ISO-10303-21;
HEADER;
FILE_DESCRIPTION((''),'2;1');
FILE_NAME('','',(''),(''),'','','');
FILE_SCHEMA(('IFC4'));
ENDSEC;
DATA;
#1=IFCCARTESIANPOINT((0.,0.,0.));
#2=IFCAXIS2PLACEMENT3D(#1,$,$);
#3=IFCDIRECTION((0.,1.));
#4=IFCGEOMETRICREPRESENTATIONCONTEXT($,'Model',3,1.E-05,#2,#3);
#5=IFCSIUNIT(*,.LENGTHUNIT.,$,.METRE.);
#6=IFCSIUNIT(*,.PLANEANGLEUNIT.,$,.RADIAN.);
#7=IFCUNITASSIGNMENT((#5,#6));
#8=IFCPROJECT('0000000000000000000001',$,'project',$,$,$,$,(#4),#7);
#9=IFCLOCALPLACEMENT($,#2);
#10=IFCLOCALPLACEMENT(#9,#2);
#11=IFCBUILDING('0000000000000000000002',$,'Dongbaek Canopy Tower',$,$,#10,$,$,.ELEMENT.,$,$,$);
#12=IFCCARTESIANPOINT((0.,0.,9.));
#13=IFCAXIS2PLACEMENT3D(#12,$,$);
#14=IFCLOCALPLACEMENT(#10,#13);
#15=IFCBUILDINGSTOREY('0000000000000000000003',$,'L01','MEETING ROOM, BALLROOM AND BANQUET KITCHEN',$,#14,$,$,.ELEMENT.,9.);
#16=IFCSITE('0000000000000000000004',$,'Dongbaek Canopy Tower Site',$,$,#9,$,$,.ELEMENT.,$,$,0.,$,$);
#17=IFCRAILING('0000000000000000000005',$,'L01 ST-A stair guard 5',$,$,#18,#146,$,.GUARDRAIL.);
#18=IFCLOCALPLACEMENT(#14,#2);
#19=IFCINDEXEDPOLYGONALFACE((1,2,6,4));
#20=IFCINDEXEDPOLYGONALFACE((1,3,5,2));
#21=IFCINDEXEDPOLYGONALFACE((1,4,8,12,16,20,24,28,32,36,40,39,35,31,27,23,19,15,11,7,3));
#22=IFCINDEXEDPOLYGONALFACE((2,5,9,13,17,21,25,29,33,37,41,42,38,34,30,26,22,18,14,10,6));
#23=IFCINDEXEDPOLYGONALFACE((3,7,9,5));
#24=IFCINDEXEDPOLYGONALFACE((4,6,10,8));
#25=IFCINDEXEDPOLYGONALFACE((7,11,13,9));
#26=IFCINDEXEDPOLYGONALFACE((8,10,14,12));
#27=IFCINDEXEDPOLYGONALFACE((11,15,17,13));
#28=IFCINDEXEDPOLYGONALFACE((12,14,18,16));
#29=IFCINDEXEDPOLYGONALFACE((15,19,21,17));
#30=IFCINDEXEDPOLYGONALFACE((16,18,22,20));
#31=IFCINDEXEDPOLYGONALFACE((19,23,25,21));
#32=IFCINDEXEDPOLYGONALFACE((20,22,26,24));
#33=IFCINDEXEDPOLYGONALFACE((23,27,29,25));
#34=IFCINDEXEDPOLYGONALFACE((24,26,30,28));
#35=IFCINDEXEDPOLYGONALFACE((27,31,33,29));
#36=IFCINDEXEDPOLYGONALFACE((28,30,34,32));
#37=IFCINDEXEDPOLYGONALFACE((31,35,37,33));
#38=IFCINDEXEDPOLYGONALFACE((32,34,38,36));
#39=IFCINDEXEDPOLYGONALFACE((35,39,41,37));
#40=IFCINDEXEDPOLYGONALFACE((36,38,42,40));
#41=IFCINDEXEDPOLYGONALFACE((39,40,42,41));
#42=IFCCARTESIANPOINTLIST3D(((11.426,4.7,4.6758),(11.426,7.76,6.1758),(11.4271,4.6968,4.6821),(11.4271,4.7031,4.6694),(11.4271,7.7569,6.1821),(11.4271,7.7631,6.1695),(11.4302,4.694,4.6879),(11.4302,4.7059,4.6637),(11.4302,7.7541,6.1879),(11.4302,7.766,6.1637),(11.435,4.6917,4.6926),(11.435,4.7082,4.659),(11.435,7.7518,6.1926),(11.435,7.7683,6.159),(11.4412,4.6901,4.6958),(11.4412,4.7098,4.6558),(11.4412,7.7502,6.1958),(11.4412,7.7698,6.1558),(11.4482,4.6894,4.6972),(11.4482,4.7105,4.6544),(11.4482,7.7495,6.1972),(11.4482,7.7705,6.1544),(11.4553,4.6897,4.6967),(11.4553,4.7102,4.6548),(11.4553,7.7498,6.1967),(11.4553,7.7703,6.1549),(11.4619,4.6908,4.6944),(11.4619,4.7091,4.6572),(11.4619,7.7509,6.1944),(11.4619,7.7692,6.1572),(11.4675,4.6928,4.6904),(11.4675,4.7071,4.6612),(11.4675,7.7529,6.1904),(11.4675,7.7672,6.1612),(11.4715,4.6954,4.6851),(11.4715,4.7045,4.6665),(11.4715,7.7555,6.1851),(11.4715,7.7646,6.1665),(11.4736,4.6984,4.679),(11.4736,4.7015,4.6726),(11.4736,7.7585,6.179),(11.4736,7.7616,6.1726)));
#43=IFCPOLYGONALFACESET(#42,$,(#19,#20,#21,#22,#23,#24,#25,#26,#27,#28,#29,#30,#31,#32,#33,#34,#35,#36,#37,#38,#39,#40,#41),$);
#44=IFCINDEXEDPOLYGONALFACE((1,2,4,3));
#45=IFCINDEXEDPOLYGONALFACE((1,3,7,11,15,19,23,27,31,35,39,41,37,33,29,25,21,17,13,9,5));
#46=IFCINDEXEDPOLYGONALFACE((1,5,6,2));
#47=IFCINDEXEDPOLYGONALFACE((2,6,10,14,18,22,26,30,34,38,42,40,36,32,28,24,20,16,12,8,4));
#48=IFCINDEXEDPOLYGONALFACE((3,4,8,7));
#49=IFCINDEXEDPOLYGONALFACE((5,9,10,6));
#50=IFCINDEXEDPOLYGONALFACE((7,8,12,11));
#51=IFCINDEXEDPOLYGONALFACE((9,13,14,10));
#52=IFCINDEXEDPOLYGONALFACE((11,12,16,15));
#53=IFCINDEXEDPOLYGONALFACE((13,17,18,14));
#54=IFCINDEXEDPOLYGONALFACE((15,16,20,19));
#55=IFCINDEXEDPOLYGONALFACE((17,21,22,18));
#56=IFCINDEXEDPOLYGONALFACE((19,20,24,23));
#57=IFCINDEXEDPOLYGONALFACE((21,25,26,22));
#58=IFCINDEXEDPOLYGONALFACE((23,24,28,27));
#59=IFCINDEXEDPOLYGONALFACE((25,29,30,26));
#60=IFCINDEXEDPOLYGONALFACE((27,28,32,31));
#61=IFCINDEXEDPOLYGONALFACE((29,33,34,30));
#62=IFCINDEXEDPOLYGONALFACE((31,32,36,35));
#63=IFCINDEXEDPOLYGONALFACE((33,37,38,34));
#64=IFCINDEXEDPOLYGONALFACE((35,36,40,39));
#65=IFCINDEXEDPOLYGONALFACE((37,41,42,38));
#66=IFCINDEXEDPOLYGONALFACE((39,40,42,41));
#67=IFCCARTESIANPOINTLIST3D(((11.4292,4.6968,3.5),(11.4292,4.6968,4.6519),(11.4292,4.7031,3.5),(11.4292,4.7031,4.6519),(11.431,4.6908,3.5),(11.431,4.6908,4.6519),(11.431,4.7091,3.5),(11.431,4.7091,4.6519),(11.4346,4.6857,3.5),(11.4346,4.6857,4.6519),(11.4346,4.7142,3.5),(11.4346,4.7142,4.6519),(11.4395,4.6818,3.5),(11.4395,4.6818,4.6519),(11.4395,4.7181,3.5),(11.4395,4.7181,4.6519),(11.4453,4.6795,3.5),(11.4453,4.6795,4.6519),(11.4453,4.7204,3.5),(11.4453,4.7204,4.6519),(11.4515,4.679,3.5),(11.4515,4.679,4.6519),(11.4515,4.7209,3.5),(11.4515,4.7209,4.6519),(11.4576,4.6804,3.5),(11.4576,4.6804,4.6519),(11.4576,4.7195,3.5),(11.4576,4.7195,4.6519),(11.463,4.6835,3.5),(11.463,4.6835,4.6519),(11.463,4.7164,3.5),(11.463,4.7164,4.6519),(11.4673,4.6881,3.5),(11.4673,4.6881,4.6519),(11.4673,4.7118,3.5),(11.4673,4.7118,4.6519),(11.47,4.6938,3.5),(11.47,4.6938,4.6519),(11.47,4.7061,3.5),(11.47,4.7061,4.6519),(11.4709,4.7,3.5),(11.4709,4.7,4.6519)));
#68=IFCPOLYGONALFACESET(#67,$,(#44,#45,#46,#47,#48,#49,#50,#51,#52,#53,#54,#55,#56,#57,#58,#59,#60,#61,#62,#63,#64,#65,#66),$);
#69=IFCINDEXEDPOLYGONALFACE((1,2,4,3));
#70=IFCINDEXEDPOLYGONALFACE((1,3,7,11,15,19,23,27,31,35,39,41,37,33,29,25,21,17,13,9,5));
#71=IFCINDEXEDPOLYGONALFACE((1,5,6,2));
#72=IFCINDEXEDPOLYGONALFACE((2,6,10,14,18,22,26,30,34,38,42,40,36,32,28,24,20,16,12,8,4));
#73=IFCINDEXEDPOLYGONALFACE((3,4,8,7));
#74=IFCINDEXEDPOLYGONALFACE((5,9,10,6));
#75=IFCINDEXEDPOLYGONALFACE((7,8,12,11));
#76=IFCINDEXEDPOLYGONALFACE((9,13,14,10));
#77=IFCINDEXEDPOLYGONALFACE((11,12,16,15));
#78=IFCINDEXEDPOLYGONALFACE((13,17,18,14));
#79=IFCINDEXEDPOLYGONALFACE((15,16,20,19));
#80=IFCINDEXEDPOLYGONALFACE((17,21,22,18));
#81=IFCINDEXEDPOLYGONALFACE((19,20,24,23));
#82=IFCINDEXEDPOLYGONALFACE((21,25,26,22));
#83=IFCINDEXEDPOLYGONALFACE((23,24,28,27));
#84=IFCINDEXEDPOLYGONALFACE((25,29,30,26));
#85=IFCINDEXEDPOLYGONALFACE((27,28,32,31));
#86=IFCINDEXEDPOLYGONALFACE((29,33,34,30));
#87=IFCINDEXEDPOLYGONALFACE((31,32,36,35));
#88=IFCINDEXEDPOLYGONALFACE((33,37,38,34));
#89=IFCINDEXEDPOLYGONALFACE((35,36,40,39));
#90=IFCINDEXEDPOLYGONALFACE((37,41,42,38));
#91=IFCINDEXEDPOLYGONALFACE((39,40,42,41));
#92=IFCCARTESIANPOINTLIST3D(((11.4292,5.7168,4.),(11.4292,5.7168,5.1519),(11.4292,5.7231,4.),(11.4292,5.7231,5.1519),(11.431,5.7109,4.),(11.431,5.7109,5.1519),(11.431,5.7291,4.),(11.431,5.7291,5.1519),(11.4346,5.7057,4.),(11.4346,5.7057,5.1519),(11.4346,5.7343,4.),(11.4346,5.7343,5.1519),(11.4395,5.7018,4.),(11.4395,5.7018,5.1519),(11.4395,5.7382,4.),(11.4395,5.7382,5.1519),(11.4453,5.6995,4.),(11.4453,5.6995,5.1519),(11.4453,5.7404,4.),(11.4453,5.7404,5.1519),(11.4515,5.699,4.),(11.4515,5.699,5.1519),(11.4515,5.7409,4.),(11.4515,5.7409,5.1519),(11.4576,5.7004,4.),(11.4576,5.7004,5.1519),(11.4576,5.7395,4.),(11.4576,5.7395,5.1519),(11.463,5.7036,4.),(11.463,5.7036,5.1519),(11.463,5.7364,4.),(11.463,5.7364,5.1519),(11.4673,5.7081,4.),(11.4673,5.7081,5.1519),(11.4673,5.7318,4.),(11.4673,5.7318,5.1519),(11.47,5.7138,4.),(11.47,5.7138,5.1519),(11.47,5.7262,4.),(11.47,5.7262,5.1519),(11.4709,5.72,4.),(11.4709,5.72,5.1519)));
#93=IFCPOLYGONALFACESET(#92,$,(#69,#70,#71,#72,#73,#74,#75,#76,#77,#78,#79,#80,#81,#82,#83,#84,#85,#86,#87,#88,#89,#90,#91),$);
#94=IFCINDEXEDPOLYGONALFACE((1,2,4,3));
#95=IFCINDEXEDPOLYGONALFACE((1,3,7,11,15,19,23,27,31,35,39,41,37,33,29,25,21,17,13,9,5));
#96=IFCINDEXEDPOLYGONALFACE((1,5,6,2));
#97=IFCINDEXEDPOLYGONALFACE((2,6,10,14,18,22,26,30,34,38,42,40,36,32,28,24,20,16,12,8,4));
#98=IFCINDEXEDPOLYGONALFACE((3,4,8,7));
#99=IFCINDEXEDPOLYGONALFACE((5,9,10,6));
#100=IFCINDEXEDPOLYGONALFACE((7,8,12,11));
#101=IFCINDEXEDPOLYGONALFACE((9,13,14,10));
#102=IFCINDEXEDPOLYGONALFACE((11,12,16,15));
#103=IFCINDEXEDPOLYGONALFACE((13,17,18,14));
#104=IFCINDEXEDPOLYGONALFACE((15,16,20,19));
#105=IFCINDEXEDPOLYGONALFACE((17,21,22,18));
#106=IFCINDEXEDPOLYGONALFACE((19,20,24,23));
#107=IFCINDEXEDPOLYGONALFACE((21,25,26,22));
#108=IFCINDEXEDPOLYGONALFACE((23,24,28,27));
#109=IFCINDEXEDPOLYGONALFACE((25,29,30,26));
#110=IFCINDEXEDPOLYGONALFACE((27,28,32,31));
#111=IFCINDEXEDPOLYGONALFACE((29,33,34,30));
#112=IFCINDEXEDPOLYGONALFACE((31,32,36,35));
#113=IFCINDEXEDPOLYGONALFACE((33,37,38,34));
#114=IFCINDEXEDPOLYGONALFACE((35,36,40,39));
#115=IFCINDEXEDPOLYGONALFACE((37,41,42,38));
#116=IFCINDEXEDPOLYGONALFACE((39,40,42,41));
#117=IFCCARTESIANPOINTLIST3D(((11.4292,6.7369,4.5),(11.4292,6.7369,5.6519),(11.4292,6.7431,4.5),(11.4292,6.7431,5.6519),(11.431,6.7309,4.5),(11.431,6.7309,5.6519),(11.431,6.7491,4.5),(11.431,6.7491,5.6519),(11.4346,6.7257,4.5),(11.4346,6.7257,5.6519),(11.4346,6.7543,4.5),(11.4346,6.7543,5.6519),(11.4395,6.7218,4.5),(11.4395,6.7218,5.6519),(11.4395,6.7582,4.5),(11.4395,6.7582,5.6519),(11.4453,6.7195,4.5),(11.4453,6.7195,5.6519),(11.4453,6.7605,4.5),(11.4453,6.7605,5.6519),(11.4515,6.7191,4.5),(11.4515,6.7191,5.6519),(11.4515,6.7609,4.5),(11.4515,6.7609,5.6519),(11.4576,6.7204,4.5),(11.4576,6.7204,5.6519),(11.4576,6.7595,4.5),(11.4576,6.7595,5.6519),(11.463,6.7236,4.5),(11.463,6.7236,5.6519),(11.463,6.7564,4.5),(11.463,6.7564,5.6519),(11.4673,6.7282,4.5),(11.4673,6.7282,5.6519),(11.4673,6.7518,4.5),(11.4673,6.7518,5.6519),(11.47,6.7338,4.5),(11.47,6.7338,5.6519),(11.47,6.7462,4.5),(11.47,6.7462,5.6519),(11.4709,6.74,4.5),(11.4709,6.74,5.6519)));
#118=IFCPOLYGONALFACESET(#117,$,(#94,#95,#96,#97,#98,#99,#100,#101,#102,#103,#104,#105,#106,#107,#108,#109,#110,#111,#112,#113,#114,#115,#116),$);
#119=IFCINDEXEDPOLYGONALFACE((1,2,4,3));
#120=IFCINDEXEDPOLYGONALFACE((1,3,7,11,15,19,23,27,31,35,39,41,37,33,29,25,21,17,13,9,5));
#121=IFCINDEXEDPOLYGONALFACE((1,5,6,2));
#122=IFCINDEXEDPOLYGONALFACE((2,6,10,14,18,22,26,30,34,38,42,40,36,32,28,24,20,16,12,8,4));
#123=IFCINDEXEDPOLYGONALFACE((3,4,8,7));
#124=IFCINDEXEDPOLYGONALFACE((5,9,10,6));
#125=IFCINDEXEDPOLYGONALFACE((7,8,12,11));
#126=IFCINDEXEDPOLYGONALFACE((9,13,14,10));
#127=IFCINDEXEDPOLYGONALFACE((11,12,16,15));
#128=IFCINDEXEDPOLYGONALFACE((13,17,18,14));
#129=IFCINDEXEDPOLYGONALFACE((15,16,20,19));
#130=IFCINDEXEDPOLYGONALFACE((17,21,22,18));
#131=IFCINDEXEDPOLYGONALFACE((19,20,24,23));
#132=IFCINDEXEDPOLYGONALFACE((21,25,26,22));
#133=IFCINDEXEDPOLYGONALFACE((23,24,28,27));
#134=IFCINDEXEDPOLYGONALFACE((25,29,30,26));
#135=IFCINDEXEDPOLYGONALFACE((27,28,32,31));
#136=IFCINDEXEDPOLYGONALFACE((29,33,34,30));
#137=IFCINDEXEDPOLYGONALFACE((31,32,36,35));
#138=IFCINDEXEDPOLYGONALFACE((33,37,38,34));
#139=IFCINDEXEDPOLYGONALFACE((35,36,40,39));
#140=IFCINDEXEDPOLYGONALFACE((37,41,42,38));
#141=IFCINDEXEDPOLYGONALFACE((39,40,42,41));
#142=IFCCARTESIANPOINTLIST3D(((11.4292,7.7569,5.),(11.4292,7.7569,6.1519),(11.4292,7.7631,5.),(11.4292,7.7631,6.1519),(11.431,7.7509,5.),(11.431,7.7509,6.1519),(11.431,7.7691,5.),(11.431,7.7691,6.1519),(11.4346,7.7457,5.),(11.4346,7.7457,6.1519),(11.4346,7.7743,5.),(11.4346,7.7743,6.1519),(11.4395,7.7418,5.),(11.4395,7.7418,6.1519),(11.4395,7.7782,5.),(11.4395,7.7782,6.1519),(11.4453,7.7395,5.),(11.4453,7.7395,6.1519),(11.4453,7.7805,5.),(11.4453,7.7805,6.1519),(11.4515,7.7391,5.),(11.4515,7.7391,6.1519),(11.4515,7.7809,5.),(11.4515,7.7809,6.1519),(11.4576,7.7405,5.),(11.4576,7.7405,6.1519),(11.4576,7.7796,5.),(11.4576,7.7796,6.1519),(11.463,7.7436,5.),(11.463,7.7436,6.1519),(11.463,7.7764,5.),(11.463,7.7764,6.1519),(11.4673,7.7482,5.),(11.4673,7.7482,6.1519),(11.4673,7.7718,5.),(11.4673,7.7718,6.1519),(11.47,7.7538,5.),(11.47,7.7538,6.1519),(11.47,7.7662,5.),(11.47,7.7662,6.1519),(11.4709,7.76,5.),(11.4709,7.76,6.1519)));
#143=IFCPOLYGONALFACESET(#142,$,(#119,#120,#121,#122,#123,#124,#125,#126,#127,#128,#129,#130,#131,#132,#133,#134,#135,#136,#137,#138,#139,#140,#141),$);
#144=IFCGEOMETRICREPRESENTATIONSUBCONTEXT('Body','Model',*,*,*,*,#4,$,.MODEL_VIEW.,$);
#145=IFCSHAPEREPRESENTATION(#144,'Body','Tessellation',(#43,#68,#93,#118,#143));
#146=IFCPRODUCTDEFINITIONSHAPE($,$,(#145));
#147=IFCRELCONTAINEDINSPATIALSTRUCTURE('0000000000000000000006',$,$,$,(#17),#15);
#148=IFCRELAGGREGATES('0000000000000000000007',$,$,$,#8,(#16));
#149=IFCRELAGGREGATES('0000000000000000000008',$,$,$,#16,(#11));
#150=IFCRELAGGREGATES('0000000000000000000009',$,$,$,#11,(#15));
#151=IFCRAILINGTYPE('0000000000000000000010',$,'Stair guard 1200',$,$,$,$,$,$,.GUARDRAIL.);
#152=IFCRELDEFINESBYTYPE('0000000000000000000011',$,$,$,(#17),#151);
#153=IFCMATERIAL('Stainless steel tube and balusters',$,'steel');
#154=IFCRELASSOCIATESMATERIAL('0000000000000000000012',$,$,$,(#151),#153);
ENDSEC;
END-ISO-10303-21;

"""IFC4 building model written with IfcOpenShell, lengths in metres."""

from ifc_helpers import new_model, si_unit, direction, frame, origin, origin_2d, place, context, subcontext, project, spatial, circle, extrude, material, type_object, element, save


model = new_model("IFC4")

# Units and contexts
model_context = context("Model", 3, precision=1e-05, world=origin(), true_north=direction((0.0, 1.0)))
body_context = subcontext(model_context, "Body", "Model", "MODEL_VIEW")
ifc_project = project(units=[si_unit("LENGTHUNIT", "METRE"), si_unit("PLANEANGLEUNIT", "RADIAN")], contexts=[model_context])

# Site, building, storey
site_placement = place(None, origin())
site = spatial("IfcSite", under=ifc_project, at=site_placement, Name="Dongbaek Canopy Tower Site", CompositionType="ELEMENT", RefElevation=0.0)
building_placement = place(site_placement, origin())
building = spatial("IfcBuilding", under=site, at=building_placement, Name="Dongbaek Canopy Tower", CompositionType="ELEMENT")
storey_placement = place(building_placement, frame((0.0, 0.0, 9.0)))
storey = spatial("IfcBuildingStorey", under=building, at=storey_placement, Name="L01", Description="MEETING ROOM, BALLROOM AND BANQUET KITCHEN", CompositionType="ELEMENT", Elevation=9.0)

# Railing
ifc_material_1 = material(Name="Stainless steel tube and balusters", Category="steel")
railing_type_1 = type_object("IfcRailingType", Name="Stair guard 1200", PredefinedType="GUARDRAIL", material=ifc_material_1)
railing_1_placement = place(storey_placement, frame((11.45, 4.7, 3.5)))
element("IfcRailing", 1, at=railing_1_placement, inside=storey, type_object=railing_type_1, Name="L01 ST-A stair guard 5", PredefinedType="GUARDRAIL", context=body_context, shape_type="SweptSolid", body=[
    extrude(circle(Radius=0.0239, at=origin_2d()), frame((0.0, 0.0, 1.1758), z_axis=(0.0, 0.897924, 0.44015), x_axis=(-1.0, 0.0, 0.0)), (0.0, 0.0, 1.0), 3.408),
    extrude(circle(Radius=0.021, at=origin_2d()), origin(), (0.0, 0.0, 1.0), 1.1519),
    extrude(circle(Radius=0.021, at=origin_2d()), frame((0.0, 1.02, 0.5)), (0.0, 0.0, 1.0), 1.1519),
    extrude(circle(Radius=0.021, at=origin_2d()), frame((0.0, 2.04, 1.0)), (0.0, 0.0, 1.0), 1.1519),
    extrude(circle(Radius=0.021, at=origin_2d()), frame((0.0, 3.0601, 1.5)), (0.0, 0.0, 1.0), 1.1519),
])

save(model, "model.ifc")
